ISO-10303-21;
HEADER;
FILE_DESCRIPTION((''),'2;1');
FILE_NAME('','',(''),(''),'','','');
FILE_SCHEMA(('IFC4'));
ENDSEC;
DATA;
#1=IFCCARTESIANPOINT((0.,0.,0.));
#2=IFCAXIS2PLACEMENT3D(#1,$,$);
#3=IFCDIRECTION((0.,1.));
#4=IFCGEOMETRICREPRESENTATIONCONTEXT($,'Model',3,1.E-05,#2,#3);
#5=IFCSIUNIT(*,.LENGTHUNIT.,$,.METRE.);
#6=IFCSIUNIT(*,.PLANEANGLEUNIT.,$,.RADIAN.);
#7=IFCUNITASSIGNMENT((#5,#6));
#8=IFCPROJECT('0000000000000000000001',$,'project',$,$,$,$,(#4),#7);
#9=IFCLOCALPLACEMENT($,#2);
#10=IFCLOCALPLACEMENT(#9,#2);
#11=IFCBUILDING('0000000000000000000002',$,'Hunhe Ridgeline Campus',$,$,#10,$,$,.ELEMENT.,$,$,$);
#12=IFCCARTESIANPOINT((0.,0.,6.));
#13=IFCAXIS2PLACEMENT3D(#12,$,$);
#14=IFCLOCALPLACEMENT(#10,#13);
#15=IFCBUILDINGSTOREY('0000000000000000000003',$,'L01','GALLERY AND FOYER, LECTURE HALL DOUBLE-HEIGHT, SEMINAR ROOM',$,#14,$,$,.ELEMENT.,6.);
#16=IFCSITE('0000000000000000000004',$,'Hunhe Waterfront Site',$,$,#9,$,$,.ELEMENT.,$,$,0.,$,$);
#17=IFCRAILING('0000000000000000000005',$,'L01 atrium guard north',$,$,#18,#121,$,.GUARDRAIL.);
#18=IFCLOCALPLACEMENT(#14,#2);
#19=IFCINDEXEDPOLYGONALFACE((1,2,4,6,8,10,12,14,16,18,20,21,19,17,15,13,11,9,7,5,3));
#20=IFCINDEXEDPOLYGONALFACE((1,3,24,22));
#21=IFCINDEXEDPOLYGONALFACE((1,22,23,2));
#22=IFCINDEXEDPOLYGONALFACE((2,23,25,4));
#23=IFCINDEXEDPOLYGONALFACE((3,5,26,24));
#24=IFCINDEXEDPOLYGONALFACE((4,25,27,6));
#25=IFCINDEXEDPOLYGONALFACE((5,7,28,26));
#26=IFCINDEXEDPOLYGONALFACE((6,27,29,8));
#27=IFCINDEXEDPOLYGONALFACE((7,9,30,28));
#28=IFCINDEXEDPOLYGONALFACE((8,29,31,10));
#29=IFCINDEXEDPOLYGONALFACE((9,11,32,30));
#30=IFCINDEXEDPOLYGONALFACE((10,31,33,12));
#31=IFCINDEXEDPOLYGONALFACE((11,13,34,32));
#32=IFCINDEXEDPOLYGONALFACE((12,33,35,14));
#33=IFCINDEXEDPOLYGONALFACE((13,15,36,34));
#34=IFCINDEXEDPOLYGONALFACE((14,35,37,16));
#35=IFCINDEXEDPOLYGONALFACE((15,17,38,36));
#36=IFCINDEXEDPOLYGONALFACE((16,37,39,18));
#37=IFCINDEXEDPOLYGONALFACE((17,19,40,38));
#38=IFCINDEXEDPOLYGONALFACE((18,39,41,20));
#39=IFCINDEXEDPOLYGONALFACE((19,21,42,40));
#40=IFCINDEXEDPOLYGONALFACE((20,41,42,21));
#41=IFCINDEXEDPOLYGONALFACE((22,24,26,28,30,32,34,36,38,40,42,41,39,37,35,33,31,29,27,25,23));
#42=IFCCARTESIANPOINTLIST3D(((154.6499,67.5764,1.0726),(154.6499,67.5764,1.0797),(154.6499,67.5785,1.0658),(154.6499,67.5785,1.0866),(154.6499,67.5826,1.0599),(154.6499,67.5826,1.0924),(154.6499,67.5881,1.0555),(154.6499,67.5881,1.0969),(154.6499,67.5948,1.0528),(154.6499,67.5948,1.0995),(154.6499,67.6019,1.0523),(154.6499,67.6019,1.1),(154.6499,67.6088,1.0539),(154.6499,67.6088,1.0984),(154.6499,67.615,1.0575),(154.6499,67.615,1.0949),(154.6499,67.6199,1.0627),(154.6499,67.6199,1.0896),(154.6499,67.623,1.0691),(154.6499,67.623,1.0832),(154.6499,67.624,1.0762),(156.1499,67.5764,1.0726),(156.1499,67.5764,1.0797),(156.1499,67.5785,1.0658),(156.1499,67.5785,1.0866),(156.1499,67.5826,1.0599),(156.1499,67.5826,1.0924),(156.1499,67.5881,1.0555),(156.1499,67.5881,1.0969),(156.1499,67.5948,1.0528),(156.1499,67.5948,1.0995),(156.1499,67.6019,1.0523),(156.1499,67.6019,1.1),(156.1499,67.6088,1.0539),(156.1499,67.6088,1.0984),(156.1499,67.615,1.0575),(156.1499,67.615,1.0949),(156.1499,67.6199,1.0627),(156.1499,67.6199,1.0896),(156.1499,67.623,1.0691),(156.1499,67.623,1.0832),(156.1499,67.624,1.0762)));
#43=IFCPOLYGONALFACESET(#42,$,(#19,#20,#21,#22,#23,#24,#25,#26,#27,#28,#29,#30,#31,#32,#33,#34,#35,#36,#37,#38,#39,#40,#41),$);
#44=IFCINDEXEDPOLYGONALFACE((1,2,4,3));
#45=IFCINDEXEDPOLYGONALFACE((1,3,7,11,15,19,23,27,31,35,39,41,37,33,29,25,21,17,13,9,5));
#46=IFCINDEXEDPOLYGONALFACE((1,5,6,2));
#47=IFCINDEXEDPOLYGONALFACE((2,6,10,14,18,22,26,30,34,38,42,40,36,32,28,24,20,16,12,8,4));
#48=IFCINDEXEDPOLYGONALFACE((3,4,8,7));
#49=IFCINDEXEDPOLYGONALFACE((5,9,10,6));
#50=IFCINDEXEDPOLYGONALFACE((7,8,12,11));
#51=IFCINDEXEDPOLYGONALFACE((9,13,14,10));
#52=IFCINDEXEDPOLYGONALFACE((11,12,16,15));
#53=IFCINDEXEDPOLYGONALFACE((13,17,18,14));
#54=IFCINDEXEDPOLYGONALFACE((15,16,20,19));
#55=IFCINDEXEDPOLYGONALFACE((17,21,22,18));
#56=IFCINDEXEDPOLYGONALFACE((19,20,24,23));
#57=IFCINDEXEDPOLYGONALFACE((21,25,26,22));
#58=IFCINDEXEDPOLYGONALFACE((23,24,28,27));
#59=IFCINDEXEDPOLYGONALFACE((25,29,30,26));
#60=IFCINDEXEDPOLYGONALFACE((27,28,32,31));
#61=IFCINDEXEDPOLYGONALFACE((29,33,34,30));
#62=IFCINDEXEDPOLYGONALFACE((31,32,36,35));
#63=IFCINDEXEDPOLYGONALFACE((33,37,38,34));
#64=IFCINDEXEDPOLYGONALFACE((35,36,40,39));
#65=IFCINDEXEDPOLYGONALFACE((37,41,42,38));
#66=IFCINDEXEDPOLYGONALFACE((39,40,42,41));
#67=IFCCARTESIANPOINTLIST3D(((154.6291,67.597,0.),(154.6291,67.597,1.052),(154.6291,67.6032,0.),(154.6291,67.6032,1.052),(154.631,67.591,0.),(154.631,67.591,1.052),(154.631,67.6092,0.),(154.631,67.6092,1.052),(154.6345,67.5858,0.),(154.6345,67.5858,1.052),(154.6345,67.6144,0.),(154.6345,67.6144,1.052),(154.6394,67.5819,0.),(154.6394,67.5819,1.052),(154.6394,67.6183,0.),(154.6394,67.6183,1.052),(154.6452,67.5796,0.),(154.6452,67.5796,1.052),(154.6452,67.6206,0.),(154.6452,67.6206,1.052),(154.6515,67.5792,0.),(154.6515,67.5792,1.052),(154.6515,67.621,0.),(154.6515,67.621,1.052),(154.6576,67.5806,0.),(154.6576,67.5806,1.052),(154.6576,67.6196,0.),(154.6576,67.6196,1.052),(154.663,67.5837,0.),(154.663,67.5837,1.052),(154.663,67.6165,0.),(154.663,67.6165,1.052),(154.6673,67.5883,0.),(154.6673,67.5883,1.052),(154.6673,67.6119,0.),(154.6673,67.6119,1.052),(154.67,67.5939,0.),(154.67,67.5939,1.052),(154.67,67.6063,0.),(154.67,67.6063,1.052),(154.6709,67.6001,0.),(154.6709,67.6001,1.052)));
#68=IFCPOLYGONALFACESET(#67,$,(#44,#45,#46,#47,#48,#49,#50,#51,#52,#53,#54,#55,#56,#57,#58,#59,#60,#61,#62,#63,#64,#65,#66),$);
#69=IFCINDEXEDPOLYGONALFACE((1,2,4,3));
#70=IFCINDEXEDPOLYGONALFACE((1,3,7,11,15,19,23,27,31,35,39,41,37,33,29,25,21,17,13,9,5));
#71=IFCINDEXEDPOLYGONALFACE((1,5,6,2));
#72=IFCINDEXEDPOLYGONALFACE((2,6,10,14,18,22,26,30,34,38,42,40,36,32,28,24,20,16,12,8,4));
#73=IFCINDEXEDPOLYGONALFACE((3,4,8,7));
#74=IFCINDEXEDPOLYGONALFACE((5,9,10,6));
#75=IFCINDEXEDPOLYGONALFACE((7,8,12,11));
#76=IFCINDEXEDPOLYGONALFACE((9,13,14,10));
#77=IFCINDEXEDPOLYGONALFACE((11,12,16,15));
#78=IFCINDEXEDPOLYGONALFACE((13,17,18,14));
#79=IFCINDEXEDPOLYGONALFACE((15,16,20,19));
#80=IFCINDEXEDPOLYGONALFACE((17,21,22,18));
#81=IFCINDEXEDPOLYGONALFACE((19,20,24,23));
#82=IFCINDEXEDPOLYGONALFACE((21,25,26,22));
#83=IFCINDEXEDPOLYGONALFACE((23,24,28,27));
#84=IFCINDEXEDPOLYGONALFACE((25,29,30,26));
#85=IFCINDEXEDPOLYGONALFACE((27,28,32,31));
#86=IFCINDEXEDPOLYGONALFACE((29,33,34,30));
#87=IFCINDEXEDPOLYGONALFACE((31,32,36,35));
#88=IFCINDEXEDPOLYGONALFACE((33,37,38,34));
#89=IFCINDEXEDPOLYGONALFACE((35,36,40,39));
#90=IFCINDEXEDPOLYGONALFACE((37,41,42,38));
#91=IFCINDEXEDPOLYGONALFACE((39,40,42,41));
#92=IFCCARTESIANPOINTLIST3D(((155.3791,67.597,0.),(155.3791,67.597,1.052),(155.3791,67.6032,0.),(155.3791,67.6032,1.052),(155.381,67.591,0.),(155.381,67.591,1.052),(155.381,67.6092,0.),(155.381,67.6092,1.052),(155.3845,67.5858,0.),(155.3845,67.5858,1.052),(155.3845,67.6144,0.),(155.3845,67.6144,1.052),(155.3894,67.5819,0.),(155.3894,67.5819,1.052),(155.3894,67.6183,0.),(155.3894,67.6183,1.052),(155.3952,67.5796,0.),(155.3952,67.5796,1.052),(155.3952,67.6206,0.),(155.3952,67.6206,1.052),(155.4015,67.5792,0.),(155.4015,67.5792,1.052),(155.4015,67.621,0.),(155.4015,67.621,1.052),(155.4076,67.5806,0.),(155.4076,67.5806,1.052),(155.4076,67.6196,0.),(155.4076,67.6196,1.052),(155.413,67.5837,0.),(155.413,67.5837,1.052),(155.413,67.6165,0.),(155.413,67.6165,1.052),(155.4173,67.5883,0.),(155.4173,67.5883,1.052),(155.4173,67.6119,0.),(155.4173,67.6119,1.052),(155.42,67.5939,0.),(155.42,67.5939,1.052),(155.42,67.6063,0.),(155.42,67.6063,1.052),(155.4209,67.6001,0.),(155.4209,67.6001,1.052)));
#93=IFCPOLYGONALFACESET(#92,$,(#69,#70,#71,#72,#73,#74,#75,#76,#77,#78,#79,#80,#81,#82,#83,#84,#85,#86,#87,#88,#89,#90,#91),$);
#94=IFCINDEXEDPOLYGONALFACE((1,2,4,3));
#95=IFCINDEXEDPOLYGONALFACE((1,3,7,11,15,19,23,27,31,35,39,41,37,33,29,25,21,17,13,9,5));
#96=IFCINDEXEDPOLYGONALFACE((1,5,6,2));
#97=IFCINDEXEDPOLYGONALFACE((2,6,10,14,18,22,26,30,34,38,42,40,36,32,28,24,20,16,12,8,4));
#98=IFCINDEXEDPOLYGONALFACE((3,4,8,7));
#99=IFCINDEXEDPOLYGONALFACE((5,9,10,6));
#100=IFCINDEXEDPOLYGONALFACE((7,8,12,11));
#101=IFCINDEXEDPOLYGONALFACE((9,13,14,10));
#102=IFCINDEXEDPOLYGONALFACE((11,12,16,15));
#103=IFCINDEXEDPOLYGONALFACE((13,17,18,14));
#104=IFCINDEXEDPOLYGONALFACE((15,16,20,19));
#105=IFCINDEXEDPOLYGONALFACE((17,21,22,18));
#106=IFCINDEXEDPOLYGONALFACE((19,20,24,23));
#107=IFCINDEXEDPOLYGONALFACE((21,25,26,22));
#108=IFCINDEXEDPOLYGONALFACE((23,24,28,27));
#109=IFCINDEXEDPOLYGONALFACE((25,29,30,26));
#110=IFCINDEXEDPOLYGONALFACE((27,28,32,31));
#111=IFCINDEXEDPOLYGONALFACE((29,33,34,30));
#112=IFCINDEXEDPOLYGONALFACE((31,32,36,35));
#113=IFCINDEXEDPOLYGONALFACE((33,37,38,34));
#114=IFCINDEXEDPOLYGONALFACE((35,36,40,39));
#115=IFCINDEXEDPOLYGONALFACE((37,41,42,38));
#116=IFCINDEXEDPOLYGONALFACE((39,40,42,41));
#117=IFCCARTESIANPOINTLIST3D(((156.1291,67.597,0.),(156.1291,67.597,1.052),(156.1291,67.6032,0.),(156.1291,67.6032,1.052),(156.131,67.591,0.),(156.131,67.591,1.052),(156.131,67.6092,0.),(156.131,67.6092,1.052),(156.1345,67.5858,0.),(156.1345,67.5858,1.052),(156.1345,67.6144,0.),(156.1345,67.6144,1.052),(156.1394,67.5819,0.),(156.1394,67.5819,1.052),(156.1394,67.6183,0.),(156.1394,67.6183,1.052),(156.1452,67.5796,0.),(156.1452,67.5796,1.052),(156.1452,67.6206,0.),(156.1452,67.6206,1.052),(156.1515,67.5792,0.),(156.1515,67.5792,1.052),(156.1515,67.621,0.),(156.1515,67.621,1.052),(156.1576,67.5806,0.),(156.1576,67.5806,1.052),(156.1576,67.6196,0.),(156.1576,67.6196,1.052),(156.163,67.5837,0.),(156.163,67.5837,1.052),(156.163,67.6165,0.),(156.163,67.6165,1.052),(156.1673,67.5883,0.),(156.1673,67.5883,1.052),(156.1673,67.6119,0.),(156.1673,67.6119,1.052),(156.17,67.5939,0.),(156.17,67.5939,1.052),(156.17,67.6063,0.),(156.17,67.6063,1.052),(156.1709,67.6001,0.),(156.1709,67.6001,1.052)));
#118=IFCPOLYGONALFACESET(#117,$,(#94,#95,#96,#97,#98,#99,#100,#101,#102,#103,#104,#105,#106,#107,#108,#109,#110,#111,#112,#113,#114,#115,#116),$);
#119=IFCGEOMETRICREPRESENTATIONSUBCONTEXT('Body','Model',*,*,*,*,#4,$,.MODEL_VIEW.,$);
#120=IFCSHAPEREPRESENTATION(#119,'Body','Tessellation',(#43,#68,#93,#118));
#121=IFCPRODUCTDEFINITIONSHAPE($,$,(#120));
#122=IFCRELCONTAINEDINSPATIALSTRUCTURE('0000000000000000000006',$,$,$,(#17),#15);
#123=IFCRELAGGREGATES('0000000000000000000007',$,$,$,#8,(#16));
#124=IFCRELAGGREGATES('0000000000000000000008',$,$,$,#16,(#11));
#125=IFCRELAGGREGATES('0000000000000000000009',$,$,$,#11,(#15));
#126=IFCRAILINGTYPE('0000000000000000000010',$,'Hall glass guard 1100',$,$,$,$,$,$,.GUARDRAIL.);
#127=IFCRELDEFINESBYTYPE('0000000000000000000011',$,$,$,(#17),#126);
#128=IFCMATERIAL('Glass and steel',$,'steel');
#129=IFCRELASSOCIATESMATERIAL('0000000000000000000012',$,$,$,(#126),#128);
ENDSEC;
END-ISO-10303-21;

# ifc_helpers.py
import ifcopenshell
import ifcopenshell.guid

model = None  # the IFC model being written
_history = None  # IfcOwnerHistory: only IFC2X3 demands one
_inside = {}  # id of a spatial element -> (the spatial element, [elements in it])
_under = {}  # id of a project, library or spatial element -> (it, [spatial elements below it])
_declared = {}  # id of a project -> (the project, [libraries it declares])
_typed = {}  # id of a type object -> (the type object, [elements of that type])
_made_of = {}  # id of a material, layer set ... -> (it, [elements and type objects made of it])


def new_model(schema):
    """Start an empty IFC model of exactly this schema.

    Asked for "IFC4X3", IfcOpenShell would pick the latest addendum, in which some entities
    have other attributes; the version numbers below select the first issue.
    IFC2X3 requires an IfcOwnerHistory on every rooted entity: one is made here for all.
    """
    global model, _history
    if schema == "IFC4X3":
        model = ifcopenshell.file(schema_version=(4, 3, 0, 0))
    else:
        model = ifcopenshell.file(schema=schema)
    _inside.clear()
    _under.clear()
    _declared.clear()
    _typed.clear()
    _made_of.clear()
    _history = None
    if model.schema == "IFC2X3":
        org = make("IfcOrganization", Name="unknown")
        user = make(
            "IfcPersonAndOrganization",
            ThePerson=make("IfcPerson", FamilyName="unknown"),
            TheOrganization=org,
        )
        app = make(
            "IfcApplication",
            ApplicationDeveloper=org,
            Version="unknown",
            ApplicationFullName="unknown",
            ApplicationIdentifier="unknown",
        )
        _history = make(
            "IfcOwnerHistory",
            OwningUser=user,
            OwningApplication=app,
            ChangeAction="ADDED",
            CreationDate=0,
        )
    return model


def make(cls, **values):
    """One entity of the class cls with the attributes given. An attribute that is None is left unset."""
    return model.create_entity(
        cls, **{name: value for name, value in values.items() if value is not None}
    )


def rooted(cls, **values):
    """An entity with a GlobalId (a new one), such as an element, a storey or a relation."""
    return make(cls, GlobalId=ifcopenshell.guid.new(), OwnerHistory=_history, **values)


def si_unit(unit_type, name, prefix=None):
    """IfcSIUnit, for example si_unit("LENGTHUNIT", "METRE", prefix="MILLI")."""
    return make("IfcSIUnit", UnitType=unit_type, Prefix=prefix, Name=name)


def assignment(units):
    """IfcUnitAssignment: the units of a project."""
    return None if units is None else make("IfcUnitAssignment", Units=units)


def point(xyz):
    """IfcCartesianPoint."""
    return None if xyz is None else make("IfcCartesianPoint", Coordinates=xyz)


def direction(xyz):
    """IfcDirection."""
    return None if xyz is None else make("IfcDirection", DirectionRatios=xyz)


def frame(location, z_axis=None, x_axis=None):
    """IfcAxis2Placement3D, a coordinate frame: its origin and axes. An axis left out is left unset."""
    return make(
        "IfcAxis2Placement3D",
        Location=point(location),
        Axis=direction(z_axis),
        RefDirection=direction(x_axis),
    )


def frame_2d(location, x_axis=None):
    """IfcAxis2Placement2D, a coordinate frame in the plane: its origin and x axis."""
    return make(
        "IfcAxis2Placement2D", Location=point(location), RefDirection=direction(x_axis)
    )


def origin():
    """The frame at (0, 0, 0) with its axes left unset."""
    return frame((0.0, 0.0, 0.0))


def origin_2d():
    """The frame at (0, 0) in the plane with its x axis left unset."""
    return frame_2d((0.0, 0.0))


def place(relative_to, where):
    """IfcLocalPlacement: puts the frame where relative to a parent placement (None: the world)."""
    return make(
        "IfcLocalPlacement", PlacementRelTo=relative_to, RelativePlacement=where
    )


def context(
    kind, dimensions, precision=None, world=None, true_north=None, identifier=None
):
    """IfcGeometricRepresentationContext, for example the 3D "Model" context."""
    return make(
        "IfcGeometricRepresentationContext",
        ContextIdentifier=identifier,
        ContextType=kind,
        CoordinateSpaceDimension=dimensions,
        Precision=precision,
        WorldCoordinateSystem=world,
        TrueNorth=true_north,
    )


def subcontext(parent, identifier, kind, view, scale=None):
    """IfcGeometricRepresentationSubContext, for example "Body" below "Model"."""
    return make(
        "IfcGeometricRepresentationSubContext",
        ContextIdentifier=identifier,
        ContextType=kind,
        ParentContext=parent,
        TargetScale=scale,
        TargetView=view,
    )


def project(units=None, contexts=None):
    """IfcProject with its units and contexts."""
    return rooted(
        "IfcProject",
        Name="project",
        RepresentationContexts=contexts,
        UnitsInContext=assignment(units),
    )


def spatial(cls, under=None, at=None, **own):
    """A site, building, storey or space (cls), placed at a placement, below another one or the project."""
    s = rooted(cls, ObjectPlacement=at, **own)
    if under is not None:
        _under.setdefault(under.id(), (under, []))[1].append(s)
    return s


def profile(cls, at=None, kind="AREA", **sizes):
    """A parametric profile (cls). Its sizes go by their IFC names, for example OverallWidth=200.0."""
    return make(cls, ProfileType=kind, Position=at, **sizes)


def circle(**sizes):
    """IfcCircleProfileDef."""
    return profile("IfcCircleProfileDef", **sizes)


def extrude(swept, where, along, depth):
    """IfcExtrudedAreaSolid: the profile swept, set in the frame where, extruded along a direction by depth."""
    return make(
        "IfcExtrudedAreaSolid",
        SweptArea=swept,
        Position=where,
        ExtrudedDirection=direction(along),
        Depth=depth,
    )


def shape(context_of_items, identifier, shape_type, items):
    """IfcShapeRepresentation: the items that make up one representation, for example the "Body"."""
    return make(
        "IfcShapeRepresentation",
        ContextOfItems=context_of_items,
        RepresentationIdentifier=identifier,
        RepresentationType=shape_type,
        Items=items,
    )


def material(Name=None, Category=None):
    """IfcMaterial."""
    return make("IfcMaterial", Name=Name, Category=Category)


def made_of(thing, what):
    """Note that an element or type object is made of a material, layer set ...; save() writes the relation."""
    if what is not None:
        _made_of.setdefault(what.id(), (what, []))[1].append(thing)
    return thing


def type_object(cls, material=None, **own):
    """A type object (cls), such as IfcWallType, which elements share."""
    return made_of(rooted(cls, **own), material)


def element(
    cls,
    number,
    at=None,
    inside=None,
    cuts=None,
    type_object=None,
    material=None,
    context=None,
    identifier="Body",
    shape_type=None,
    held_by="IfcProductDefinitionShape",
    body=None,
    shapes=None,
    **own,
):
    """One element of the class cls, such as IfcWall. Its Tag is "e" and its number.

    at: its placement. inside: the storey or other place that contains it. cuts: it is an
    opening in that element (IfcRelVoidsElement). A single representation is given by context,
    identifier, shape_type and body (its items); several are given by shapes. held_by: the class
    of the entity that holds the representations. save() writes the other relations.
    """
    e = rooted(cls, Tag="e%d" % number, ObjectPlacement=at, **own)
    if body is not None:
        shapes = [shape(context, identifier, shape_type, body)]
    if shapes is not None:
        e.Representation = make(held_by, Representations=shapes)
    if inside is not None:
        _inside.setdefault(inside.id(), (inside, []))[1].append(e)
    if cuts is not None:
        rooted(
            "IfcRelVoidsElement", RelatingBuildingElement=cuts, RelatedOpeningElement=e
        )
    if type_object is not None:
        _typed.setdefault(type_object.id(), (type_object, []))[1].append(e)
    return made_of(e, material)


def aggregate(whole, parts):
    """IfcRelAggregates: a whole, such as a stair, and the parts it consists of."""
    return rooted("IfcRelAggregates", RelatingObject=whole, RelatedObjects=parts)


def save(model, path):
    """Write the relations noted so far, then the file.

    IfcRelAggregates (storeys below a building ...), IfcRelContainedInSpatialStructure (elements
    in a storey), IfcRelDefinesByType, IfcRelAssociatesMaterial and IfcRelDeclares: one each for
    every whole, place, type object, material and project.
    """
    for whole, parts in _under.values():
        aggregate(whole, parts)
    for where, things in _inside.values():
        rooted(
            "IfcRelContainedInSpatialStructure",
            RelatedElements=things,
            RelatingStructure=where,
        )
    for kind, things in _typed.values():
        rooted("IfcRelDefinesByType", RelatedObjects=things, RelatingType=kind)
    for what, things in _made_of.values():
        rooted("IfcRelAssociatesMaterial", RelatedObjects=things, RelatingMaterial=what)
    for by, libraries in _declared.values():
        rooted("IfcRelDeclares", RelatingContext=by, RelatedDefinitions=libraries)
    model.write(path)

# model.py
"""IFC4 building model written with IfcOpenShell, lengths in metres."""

from ifc_helpers import new_model, si_unit, direction, frame, origin, origin_2d, place, context, subcontext, project, spatial, circle, extrude, material, type_object, element, save


model = new_model("IFC4")

# Units and contexts
model_context = context("Model", 3, precision=1e-05, world=origin(), true_north=direction((0.0, 1.0)))
body_context = subcontext(model_context, "Body", "Model", "MODEL_VIEW")
ifc_project = project(units=[si_unit("LENGTHUNIT", "METRE"), si_unit("PLANEANGLEUNIT", "RADIAN")], contexts=[model_context])

# Site, building, storey
site_placement = place(None, origin())
site = spatial("IfcSite", under=ifc_project, at=site_placement, Name="Hunhe Waterfront Site", CompositionType="ELEMENT", RefElevation=0.0)
building_placement = place(site_placement, origin())
building = spatial("IfcBuilding", under=site, at=building_placement, Name="Hunhe Ridgeline Campus", CompositionType="ELEMENT")
storey_placement = place(building_placement, frame((0.0, 0.0, 6.0)))
storey = spatial("IfcBuildingStorey", under=building, at=storey_placement, Name="L01", Description="GALLERY AND FOYER, LECTURE HALL DOUBLE-HEIGHT, SEMINAR ROOM", CompositionType="ELEMENT", Elevation=6.0)

# Railing
ifc_material_1 = material(Name="Glass and steel", Category="steel")
railing_type_1 = type_object("IfcRailingType", Name="Hall glass guard 1100", PredefinedType="GUARDRAIL", material=ifc_material_1)
railing_1_placement = place(storey_placement, frame((154.6499, 67.6001, 0.0)))
element("IfcRailing", 1, at=railing_1_placement, inside=storey, type_object=railing_type_1, Name="L01 atrium guard north", PredefinedType="GUARDRAIL", context=body_context, shape_type="SweptSolid", body=[
    extrude(circle(Radius=0.0239, at=origin_2d()), frame((0.0, 0.0, 1.0762), z_axis=(1.0, 0.0, 0.0), x_axis=(0.0, 1.0, 0.0)), (0.0, 0.0, 1.0), 1.5),
    extrude(circle(Radius=0.021, at=origin_2d()), origin(), (0.0, 0.0, 1.0), 1.052),
    extrude(circle(Radius=0.021, at=origin_2d()), frame((0.75, 0.0, 0.0)), (0.0, 0.0, 1.0), 1.052),
    extrude(circle(Radius=0.021, at=origin_2d()), frame((1.5, 0.0, 0.0)), (0.0, 0.0, 1.0), 1.052),
])

save(model, "model.ifc")
